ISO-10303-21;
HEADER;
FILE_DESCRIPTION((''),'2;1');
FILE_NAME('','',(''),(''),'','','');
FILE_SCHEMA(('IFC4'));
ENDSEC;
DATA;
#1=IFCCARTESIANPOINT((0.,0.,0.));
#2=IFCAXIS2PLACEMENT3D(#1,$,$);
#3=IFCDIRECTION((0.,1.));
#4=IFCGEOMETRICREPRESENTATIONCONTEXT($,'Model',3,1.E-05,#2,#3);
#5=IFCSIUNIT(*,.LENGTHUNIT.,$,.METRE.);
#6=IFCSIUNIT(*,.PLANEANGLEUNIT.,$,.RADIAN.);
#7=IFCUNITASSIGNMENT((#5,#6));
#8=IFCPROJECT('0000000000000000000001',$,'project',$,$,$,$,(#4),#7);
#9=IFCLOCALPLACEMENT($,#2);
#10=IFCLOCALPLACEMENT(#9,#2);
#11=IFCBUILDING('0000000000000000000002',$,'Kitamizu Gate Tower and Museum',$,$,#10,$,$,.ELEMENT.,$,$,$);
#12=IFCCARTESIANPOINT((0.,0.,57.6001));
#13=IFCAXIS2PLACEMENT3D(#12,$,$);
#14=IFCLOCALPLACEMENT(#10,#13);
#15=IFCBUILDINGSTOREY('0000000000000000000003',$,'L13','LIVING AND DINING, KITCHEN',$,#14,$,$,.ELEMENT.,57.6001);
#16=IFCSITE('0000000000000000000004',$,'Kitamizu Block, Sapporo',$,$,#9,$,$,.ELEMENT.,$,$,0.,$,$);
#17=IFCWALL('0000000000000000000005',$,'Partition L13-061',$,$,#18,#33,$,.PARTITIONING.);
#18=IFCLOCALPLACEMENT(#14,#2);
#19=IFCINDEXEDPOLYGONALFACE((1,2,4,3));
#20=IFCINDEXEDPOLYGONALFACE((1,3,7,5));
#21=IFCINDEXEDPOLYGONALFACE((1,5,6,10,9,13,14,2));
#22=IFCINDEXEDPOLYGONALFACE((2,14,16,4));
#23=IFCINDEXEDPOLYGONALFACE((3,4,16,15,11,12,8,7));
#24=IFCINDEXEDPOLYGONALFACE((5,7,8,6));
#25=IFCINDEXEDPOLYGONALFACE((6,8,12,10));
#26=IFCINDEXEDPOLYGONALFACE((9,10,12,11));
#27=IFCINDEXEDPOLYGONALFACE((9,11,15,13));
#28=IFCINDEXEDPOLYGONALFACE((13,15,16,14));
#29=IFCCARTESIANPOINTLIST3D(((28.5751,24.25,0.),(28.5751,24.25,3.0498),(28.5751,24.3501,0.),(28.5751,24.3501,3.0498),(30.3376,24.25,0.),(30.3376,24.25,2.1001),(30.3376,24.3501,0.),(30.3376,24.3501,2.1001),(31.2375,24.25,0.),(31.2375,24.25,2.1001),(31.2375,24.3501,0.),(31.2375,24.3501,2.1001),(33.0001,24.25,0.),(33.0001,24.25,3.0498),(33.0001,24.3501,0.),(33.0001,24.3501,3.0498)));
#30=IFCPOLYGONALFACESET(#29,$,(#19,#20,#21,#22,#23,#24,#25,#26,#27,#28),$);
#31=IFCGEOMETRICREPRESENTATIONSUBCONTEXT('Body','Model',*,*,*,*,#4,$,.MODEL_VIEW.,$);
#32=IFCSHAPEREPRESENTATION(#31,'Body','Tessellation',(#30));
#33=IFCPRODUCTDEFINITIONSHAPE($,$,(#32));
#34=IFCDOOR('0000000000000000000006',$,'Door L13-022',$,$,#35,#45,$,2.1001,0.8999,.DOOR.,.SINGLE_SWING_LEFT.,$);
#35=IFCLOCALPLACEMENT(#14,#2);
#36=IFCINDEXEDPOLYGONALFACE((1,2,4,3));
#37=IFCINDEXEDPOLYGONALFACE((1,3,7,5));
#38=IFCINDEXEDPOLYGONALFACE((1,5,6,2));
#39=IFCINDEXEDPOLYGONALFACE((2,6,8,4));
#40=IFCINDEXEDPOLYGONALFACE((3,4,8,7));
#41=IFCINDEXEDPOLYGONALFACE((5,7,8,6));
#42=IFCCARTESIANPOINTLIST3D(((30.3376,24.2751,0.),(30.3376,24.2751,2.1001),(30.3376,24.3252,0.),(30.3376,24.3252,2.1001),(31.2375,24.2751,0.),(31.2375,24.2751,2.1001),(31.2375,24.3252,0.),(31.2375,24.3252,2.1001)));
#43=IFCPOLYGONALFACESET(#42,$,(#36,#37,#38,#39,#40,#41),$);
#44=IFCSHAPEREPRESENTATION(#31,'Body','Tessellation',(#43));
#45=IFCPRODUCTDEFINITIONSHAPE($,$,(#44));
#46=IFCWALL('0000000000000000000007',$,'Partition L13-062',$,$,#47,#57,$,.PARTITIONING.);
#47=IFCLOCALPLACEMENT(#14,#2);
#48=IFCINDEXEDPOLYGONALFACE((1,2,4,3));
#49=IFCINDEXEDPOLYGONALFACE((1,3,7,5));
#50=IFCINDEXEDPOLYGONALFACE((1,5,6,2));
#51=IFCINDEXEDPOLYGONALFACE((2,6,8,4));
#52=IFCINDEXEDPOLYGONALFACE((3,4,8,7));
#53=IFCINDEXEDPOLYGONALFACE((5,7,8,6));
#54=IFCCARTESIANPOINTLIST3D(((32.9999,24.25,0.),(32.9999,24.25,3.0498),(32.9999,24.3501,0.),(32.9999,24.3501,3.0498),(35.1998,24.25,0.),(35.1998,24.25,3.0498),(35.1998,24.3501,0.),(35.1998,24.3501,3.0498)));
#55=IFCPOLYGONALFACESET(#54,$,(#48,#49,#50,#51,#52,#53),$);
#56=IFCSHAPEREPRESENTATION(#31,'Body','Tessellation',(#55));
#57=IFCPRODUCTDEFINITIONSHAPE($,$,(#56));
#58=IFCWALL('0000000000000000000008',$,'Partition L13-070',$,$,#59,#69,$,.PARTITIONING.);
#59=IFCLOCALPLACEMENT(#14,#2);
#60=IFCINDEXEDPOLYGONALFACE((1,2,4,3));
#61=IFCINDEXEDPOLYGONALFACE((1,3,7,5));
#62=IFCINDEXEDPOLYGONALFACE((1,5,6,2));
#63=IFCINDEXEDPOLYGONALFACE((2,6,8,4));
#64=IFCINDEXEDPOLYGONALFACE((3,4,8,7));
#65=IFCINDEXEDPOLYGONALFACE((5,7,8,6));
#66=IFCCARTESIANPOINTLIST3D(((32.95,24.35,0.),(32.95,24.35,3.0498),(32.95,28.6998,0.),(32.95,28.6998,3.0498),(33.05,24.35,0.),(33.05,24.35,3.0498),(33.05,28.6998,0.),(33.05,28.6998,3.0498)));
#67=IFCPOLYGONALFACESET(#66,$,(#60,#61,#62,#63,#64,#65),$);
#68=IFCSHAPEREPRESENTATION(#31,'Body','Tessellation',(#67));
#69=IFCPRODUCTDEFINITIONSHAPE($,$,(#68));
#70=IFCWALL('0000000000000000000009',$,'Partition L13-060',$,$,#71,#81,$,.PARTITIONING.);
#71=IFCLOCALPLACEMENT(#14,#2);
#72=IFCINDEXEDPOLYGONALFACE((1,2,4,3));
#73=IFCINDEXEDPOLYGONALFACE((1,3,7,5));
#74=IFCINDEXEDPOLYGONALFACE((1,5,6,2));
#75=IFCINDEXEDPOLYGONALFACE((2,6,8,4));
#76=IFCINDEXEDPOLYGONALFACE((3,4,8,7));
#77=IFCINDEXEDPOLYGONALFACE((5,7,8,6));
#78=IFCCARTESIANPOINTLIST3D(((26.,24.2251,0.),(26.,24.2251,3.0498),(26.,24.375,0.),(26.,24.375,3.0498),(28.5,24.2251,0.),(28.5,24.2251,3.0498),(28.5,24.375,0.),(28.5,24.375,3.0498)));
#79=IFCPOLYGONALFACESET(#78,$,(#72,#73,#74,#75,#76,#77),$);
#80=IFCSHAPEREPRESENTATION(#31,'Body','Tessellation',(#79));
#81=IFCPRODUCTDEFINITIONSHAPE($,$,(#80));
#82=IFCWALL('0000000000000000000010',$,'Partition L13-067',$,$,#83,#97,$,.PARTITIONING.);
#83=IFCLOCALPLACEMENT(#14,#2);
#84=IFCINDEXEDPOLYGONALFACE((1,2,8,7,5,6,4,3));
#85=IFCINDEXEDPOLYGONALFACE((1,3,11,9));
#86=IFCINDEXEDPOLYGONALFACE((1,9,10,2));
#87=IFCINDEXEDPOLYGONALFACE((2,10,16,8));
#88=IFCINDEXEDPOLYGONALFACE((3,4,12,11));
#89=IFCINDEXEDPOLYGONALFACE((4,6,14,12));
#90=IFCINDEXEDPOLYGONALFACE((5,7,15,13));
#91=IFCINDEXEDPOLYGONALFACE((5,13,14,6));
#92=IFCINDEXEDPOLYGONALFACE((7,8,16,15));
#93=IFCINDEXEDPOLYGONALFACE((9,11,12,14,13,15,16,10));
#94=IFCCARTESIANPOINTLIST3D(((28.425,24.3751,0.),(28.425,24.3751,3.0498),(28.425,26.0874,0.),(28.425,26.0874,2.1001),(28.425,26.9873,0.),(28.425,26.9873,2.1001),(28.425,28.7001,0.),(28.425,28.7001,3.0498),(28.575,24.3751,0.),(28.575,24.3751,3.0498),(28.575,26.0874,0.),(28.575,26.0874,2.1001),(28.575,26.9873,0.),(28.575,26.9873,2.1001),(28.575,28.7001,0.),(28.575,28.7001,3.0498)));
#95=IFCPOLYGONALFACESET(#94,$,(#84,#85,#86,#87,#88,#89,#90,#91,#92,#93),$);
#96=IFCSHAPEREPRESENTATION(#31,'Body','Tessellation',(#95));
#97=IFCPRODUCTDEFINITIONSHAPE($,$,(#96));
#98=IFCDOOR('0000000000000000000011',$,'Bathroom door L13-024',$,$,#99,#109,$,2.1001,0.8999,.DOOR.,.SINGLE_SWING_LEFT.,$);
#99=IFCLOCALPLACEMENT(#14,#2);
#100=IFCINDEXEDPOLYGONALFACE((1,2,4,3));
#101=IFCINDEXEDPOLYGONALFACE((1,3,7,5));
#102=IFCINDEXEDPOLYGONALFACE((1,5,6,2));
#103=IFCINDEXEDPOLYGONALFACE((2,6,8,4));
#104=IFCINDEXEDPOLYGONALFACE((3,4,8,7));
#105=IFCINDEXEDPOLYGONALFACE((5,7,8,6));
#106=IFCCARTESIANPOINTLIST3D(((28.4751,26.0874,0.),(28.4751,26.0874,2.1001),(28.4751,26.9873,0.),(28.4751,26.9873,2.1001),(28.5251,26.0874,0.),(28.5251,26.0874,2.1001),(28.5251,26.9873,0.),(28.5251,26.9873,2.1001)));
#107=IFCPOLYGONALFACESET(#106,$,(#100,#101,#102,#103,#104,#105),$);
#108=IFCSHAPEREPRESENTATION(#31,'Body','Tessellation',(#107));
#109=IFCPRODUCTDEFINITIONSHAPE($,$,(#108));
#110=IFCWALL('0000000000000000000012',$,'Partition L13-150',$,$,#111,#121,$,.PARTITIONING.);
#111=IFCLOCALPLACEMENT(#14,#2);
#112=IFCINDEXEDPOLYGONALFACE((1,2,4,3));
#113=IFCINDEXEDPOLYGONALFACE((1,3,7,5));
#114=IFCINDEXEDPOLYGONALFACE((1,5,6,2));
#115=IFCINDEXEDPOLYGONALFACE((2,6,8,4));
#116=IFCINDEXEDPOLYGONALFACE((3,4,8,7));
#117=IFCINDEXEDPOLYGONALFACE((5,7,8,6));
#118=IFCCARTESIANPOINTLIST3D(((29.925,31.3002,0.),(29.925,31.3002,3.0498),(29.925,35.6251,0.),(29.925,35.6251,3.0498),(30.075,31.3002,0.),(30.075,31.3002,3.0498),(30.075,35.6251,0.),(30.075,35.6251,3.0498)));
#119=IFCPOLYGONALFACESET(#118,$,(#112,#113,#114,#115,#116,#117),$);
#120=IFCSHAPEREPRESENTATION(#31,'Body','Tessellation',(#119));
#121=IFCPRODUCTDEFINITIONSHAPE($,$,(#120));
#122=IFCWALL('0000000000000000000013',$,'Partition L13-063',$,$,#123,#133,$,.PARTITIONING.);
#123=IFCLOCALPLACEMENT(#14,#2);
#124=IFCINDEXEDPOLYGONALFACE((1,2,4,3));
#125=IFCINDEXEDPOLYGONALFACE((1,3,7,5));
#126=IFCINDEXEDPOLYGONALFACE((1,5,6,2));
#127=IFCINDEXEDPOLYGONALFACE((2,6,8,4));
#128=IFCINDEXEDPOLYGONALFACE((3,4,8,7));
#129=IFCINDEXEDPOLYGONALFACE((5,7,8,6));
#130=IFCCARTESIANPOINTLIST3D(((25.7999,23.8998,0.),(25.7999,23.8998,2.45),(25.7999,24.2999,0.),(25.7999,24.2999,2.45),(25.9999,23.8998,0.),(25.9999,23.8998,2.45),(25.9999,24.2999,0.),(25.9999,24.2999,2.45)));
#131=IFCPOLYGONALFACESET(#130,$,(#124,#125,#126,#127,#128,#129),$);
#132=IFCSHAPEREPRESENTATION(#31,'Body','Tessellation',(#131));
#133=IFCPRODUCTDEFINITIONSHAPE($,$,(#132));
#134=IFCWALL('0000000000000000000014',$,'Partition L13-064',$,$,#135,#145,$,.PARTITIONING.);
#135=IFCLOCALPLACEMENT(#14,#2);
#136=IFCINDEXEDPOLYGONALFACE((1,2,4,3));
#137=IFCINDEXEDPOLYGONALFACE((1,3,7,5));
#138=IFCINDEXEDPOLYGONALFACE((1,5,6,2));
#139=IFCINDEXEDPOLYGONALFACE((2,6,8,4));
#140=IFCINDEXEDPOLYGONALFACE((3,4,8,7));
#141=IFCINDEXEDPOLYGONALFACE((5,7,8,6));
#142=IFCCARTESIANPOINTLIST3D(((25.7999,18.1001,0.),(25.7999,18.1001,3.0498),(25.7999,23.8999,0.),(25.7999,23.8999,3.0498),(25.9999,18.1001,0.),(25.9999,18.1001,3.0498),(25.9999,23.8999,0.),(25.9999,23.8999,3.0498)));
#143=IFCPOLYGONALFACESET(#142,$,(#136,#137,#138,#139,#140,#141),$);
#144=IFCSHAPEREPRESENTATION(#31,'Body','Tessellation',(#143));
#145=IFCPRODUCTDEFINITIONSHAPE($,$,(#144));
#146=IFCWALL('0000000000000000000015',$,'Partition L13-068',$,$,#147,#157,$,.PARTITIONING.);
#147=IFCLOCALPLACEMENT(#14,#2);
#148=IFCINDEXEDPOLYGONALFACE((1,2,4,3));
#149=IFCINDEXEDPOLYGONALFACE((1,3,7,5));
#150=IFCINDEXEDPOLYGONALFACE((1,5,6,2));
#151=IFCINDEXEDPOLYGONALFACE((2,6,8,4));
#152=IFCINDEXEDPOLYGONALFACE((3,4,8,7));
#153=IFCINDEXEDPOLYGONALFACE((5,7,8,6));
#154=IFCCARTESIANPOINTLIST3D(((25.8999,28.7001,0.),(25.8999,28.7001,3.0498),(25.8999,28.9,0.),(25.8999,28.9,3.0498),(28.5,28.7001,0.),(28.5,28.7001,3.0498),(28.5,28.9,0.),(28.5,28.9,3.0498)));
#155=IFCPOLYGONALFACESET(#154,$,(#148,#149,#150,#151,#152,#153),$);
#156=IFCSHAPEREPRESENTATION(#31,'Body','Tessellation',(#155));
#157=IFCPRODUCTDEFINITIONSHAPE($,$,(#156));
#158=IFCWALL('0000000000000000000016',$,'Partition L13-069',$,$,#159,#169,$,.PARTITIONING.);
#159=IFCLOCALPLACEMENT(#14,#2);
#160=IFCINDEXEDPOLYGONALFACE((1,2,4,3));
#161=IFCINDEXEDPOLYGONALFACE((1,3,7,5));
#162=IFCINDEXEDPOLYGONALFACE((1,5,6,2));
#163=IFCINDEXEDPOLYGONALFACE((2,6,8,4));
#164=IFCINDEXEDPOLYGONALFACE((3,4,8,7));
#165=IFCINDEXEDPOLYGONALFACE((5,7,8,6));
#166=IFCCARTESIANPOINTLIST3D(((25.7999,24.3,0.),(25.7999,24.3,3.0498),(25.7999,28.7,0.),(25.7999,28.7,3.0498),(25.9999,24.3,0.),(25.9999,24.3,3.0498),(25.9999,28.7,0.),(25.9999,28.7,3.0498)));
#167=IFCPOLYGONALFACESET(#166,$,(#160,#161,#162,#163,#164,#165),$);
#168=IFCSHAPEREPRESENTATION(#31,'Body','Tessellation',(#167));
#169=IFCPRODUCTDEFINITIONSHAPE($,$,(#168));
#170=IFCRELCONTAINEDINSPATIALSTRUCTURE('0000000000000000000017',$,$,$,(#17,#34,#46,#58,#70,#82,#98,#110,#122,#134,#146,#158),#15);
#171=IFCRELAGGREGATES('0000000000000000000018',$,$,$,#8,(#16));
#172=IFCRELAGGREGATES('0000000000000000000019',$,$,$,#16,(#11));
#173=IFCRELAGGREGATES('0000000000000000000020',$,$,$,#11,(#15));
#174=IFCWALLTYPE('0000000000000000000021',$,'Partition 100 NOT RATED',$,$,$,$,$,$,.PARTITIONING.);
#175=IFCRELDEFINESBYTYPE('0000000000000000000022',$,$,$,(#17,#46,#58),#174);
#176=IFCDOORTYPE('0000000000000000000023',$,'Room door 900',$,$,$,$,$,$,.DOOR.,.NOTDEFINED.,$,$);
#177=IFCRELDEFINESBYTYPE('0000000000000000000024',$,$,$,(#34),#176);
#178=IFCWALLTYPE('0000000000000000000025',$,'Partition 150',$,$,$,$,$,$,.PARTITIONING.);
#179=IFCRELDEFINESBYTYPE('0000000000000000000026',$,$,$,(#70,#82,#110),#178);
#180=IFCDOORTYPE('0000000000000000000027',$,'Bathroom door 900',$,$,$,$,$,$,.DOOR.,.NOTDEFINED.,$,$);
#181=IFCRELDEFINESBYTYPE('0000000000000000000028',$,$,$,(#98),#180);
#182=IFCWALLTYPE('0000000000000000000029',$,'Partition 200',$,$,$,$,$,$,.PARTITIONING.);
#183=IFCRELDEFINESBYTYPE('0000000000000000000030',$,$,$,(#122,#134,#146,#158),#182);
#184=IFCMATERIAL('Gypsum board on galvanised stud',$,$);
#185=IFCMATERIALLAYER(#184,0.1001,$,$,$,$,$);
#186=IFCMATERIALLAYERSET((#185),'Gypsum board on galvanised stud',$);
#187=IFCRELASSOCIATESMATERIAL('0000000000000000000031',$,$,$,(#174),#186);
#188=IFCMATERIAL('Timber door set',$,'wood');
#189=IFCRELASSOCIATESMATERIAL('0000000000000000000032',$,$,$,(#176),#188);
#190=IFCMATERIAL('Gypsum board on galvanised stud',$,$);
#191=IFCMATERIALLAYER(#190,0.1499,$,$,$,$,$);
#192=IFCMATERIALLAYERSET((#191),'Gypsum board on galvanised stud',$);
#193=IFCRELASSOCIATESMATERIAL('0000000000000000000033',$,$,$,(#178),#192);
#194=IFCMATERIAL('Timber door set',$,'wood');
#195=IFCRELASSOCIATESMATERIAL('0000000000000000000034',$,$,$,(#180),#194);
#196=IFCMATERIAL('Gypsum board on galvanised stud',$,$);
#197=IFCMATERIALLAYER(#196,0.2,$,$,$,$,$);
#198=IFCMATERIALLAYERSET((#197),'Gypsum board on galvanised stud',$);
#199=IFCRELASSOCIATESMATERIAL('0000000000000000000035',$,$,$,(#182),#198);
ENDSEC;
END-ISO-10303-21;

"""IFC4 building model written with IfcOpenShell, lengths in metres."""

from ifc_helpers import new_model, si_unit, direction, frame, frame_2d, origin, place, context, subcontext, project, spatial, rectangle, extrude, material, layer, layer_set, type_object, element, fill, save


model = new_model("IFC4")

# Units and contexts
model_context = context("Model", 3, precision=1e-05, world=origin(), true_north=direction((0.0, 1.0)))
body_context = subcontext(model_context, "Body", "Model", "MODEL_VIEW")
ifc_project = project(units=[si_unit("LENGTHUNIT", "METRE"), si_unit("PLANEANGLEUNIT", "RADIAN")], contexts=[model_context])

# Site, building, storey
site_placement = place(None, origin())
site = spatial("IfcSite", under=ifc_project, at=site_placement, Name="Kitamizu Block, Sapporo", CompositionType="ELEMENT", RefElevation=0.0)
building_placement = place(site_placement, origin())
building = spatial("IfcBuilding", under=site, at=building_placement, Name="Kitamizu Gate Tower and Museum", CompositionType="ELEMENT")
storey_placement = place(building_placement, frame((0.0, 0.0, 57.6001)))
storey = spatial("IfcBuildingStorey", under=building, at=storey_placement, Name="L13", Description="LIVING AND DINING, KITCHEN", CompositionType="ELEMENT", Elevation=57.6001)

# Wall, opening, door
ifc_material_1 = material(Name="Gypsum board on galvanised stud")
ifc_layer_1 = layer(ifc_material_1, 0.1001)
ifc_layer_set_1 = layer_set([ifc_layer_1], Name="Gypsum board on galvanised stud")
wall_type_1 = type_object("IfcWallType", Name="Partition 100 NOT RATED", PredefinedType="PARTITIONING", material=ifc_layer_set_1)
wall_1_placement = place(storey_placement, frame((33.0, 24.3, 0.0), z_axis=(0.0, 0.0, 1.0), x_axis=(-1.0, 0.0, 0.0)))
wall_1 = element("IfcWall", 1, at=wall_1_placement, inside=storey, type_object=wall_type_1, Name="Partition L13-061", PredefinedType="PARTITIONING", context=body_context, shape_type="SweptSolid", body=[
    extrude(rectangle(XDim=4.425, YDim=0.1001, at=frame_2d((2.2124, 0.0))), origin(), (0.0, 0.0, 1.0), 3.0498),
])
opening_1_placement = place(wall_1_placement, frame((1.7625, 0.0, 0.0)))
opening_1 = element("IfcOpeningElement", 2, at=opening_1_placement, cuts=wall_1, PredefinedType="OPENING", context=body_context, shape_type="SweptSolid", body=[
    extrude(rectangle(XDim=0.8999, YDim=2.1001, at=frame_2d((0.45, 1.05))), frame((0.0, 0.0601, 0.0), z_axis=(0.0, -1.0, 0.0), x_axis=(1.0, 0.0, 0.0)), (0.0, 0.0, 1.0), 0.1201),
])
ifc_material_2 = material(Name="Timber door set", Category="wood")
door_type_1 = type_object("IfcDoorType", Name="Room door 900", OperationType="NOTDEFINED", PredefinedType="DOOR", material=ifc_material_2)
door_1_placement = place(opening_1_placement, origin())
door_1 = element("IfcDoor", 3, at=door_1_placement, inside=storey, type_object=door_type_1, Name="Door L13-022", OperationType="SINGLE_SWING_LEFT", OverallHeight=2.1001, OverallWidth=0.8999, PredefinedType="DOOR", context=body_context, shape_type="SweptSolid", body=[
    extrude(rectangle(XDim=0.8999, YDim=2.1001, at=frame_2d((0.45, 1.05))), frame((0.0, 0.0249, 0.0), z_axis=(0.0, -1.0, 0.0), x_axis=(1.0, 0.0, 0.0)), (0.0, 0.0, 1.0), 0.05),
])
fill(opening_1, door_1)

# Walls
wall_2_placement = place(storey_placement, frame((35.2, 24.3, 0.0), z_axis=(0.0, 0.0, 1.0), x_axis=(-1.0, 0.0, 0.0)))
element("IfcWall", 4, at=wall_2_placement, inside=storey, type_object=wall_type_1, Name="Partition L13-062", PredefinedType="PARTITIONING", context=body_context, shape_type="SweptSolid", body=[
    extrude(rectangle(XDim=2.2, YDim=0.1001, at=frame_2d((1.1001, 0.0))), origin(), (0.0, 0.0, 1.0), 3.0498),
])
wall_3_placement = place(storey_placement, frame((33.0, 24.3501, 0.0), z_axis=(0.0, 0.0, 1.0), x_axis=(0.0, 1.0, 0.0)))
element("IfcWall", 5, at=wall_3_placement, inside=storey, type_object=wall_type_1, Name="Partition L13-070", PredefinedType="PARTITIONING", context=body_context, shape_type="SweptSolid", body=[
    extrude(rectangle(XDim=4.3499, YDim=0.1001, at=frame_2d((2.1748, 0.0))), origin(), (0.0, 0.0, 1.0), 3.0498),
])
ifc_material_3 = material(Name="Gypsum board on galvanised stud")
ifc_layer_2 = layer(ifc_material_3, 0.1499)
ifc_layer_set_2 = layer_set([ifc_layer_2], Name="Gypsum board on galvanised stud")
wall_type_2 = type_object("IfcWallType", Name="Partition 150", PredefinedType="PARTITIONING", material=ifc_layer_set_2)
wall_4_placement = place(storey_placement, frame((28.5, 24.3, 0.0), z_axis=(0.0, 0.0, 1.0), x_axis=(-1.0, 0.0, 0.0)))
element("IfcWall", 6, at=wall_4_placement, inside=storey, type_object=wall_type_2, Name="Partition L13-060", PredefinedType="PARTITIONING", context=body_context, shape_type="SweptSolid", body=[
    extrude(rectangle(XDim=2.5, YDim=0.1499, at=frame_2d((1.25, 0.0))), origin(), (0.0, 0.0, 1.0), 3.0498),
])

# Wall, opening, door
wall_5_placement = place(storey_placement, frame((28.5, 24.375, 0.0), z_axis=(0.0, 0.0, 1.0), x_axis=(0.0, 1.0, 0.0)))
wall_5 = element("IfcWall", 7, at=wall_5_placement, inside=storey, type_object=wall_type_2, Name="Partition L13-067", PredefinedType="PARTITIONING", context=body_context, shape_type="SweptSolid", body=[
    extrude(rectangle(XDim=4.325, YDim=0.1499, at=frame_2d((2.1626, 0.0))), origin(), (0.0, 0.0, 1.0), 3.0498),
])
opening_2_placement = place(wall_5_placement, frame((1.7124, 0.0, 0.0)))
opening_2 = element("IfcOpeningElement", 8, at=opening_2_placement, cuts=wall_5, PredefinedType="OPENING", context=body_context, shape_type="SweptSolid", body=[
    extrude(rectangle(XDim=0.8999, YDim=2.1001, at=frame_2d((0.45, 1.05))), frame((0.0, 0.085, 0.0), z_axis=(0.0, -1.0, 0.0), x_axis=(1.0, 0.0, 0.0)), (0.0, 0.0, 1.0), 0.1699),
])
ifc_material_4 = material(Name="Timber door set", Category="wood")
door_type_2 = type_object("IfcDoorType", Name="Bathroom door 900", OperationType="NOTDEFINED", PredefinedType="DOOR", material=ifc_material_4)
door_2_placement = place(opening_2_placement, origin())
door_2 = element("IfcDoor", 9, at=door_2_placement, inside=storey, type_object=door_type_2, Name="Bathroom door L13-024", OperationType="SINGLE_SWING_LEFT", OverallHeight=2.1001, OverallWidth=0.8999, PredefinedType="DOOR", context=body_context, shape_type="SweptSolid", body=[
    extrude(rectangle(XDim=0.8999, YDim=2.1001, at=frame_2d((0.45, 1.05))), frame((0.0, 0.0249, 0.0), z_axis=(0.0, -1.0, 0.0), x_axis=(1.0, 0.0, 0.0)), (0.0, 0.0, 1.0), 0.05),
])
fill(opening_2, door_2)

# Walls
wall_6_placement = place(storey_placement, frame((30.0, 31.3, 0.0), z_axis=(0.0, 0.0, 1.0), x_axis=(0.0, 1.0, 0.0)))
element("IfcWall", 10, at=wall_6_placement, inside=storey, type_object=wall_type_2, Name="Partition L13-150", PredefinedType="PARTITIONING", context=body_context, shape_type="SweptSolid", body=[
    extrude(rectangle(XDim=4.325, YDim=0.1499, at=frame_2d((2.1626, 0.0))), origin(), (0.0, 0.0, 1.0), 3.0498),
])
ifc_material_5 = material(Name="Gypsum board on galvanised stud")
ifc_layer_3 = layer(ifc_material_5, 0.2)
ifc_layer_set_3 = layer_set([ifc_layer_3], Name="Gypsum board on galvanised stud")
wall_type_3 = type_object("IfcWallType", Name="Partition 200", PredefinedType="PARTITIONING", material=ifc_layer_set_3)
wall_7_placement = place(storey_placement, frame((25.8999, 24.3, 0.0), z_axis=(0.0, 0.0, 1.0), x_axis=(0.0, -1.0, 0.0)))
element("IfcWall", 11, at=wall_7_placement, inside=storey, type_object=wall_type_3, Name="Partition L13-063", PredefinedType="PARTITIONING", context=body_context, shape_type="SweptSolid", body=[
    extrude(rectangle(XDim=0.4001, YDim=0.2, at=frame_2d((0.2002, 0.0))), origin(), (0.0, 0.0, 1.0), 2.45),
])
wall_8_placement = place(storey_placement, frame((25.8999, 23.8999, 0.0), z_axis=(0.0, 0.0, 1.0), x_axis=(0.0, -1.0, 0.0)))
element("IfcWall", 12, at=wall_8_placement, inside=storey, type_object=wall_type_3, Name="Partition L13-064", PredefinedType="PARTITIONING", context=body_context, shape_type="SweptSolid", body=[
    extrude(rectangle(XDim=5.7998, YDim=0.2, at=frame_2d((2.8999, 0.0))), origin(), (0.0, 0.0, 1.0), 3.0498),
])
wall_9_placement = place(storey_placement, frame((28.5, 28.8, 0.0), z_axis=(0.0, 0.0, 1.0), x_axis=(-1.0, 0.0, 0.0)))
element("IfcWall", 13, at=wall_9_placement, inside=storey, type_object=wall_type_3, Name="Partition L13-068", PredefinedType="PARTITIONING", context=body_context, shape_type="SweptSolid", body=[
    extrude(rectangle(XDim=2.6001, YDim=0.2, at=frame_2d((1.3, 0.0))), origin(), (0.0, 0.0, 1.0), 3.0498),
])
wall_10_placement = place(storey_placement, frame((25.8999, 28.7, 0.0), z_axis=(0.0, 0.0, 1.0), x_axis=(0.0, -1.0, 0.0)))
element("IfcWall", 14, at=wall_10_placement, inside=storey, type_object=wall_type_3, Name="Partition L13-069", PredefinedType="PARTITIONING", context=body_context, shape_type="SweptSolid", body=[
    extrude(rectangle(XDim=4.3999, YDim=0.2, at=frame_2d((2.2, 0.0))), origin(), (0.0, 0.0, 1.0), 3.0498),
])

save(model, "model.ifc")
